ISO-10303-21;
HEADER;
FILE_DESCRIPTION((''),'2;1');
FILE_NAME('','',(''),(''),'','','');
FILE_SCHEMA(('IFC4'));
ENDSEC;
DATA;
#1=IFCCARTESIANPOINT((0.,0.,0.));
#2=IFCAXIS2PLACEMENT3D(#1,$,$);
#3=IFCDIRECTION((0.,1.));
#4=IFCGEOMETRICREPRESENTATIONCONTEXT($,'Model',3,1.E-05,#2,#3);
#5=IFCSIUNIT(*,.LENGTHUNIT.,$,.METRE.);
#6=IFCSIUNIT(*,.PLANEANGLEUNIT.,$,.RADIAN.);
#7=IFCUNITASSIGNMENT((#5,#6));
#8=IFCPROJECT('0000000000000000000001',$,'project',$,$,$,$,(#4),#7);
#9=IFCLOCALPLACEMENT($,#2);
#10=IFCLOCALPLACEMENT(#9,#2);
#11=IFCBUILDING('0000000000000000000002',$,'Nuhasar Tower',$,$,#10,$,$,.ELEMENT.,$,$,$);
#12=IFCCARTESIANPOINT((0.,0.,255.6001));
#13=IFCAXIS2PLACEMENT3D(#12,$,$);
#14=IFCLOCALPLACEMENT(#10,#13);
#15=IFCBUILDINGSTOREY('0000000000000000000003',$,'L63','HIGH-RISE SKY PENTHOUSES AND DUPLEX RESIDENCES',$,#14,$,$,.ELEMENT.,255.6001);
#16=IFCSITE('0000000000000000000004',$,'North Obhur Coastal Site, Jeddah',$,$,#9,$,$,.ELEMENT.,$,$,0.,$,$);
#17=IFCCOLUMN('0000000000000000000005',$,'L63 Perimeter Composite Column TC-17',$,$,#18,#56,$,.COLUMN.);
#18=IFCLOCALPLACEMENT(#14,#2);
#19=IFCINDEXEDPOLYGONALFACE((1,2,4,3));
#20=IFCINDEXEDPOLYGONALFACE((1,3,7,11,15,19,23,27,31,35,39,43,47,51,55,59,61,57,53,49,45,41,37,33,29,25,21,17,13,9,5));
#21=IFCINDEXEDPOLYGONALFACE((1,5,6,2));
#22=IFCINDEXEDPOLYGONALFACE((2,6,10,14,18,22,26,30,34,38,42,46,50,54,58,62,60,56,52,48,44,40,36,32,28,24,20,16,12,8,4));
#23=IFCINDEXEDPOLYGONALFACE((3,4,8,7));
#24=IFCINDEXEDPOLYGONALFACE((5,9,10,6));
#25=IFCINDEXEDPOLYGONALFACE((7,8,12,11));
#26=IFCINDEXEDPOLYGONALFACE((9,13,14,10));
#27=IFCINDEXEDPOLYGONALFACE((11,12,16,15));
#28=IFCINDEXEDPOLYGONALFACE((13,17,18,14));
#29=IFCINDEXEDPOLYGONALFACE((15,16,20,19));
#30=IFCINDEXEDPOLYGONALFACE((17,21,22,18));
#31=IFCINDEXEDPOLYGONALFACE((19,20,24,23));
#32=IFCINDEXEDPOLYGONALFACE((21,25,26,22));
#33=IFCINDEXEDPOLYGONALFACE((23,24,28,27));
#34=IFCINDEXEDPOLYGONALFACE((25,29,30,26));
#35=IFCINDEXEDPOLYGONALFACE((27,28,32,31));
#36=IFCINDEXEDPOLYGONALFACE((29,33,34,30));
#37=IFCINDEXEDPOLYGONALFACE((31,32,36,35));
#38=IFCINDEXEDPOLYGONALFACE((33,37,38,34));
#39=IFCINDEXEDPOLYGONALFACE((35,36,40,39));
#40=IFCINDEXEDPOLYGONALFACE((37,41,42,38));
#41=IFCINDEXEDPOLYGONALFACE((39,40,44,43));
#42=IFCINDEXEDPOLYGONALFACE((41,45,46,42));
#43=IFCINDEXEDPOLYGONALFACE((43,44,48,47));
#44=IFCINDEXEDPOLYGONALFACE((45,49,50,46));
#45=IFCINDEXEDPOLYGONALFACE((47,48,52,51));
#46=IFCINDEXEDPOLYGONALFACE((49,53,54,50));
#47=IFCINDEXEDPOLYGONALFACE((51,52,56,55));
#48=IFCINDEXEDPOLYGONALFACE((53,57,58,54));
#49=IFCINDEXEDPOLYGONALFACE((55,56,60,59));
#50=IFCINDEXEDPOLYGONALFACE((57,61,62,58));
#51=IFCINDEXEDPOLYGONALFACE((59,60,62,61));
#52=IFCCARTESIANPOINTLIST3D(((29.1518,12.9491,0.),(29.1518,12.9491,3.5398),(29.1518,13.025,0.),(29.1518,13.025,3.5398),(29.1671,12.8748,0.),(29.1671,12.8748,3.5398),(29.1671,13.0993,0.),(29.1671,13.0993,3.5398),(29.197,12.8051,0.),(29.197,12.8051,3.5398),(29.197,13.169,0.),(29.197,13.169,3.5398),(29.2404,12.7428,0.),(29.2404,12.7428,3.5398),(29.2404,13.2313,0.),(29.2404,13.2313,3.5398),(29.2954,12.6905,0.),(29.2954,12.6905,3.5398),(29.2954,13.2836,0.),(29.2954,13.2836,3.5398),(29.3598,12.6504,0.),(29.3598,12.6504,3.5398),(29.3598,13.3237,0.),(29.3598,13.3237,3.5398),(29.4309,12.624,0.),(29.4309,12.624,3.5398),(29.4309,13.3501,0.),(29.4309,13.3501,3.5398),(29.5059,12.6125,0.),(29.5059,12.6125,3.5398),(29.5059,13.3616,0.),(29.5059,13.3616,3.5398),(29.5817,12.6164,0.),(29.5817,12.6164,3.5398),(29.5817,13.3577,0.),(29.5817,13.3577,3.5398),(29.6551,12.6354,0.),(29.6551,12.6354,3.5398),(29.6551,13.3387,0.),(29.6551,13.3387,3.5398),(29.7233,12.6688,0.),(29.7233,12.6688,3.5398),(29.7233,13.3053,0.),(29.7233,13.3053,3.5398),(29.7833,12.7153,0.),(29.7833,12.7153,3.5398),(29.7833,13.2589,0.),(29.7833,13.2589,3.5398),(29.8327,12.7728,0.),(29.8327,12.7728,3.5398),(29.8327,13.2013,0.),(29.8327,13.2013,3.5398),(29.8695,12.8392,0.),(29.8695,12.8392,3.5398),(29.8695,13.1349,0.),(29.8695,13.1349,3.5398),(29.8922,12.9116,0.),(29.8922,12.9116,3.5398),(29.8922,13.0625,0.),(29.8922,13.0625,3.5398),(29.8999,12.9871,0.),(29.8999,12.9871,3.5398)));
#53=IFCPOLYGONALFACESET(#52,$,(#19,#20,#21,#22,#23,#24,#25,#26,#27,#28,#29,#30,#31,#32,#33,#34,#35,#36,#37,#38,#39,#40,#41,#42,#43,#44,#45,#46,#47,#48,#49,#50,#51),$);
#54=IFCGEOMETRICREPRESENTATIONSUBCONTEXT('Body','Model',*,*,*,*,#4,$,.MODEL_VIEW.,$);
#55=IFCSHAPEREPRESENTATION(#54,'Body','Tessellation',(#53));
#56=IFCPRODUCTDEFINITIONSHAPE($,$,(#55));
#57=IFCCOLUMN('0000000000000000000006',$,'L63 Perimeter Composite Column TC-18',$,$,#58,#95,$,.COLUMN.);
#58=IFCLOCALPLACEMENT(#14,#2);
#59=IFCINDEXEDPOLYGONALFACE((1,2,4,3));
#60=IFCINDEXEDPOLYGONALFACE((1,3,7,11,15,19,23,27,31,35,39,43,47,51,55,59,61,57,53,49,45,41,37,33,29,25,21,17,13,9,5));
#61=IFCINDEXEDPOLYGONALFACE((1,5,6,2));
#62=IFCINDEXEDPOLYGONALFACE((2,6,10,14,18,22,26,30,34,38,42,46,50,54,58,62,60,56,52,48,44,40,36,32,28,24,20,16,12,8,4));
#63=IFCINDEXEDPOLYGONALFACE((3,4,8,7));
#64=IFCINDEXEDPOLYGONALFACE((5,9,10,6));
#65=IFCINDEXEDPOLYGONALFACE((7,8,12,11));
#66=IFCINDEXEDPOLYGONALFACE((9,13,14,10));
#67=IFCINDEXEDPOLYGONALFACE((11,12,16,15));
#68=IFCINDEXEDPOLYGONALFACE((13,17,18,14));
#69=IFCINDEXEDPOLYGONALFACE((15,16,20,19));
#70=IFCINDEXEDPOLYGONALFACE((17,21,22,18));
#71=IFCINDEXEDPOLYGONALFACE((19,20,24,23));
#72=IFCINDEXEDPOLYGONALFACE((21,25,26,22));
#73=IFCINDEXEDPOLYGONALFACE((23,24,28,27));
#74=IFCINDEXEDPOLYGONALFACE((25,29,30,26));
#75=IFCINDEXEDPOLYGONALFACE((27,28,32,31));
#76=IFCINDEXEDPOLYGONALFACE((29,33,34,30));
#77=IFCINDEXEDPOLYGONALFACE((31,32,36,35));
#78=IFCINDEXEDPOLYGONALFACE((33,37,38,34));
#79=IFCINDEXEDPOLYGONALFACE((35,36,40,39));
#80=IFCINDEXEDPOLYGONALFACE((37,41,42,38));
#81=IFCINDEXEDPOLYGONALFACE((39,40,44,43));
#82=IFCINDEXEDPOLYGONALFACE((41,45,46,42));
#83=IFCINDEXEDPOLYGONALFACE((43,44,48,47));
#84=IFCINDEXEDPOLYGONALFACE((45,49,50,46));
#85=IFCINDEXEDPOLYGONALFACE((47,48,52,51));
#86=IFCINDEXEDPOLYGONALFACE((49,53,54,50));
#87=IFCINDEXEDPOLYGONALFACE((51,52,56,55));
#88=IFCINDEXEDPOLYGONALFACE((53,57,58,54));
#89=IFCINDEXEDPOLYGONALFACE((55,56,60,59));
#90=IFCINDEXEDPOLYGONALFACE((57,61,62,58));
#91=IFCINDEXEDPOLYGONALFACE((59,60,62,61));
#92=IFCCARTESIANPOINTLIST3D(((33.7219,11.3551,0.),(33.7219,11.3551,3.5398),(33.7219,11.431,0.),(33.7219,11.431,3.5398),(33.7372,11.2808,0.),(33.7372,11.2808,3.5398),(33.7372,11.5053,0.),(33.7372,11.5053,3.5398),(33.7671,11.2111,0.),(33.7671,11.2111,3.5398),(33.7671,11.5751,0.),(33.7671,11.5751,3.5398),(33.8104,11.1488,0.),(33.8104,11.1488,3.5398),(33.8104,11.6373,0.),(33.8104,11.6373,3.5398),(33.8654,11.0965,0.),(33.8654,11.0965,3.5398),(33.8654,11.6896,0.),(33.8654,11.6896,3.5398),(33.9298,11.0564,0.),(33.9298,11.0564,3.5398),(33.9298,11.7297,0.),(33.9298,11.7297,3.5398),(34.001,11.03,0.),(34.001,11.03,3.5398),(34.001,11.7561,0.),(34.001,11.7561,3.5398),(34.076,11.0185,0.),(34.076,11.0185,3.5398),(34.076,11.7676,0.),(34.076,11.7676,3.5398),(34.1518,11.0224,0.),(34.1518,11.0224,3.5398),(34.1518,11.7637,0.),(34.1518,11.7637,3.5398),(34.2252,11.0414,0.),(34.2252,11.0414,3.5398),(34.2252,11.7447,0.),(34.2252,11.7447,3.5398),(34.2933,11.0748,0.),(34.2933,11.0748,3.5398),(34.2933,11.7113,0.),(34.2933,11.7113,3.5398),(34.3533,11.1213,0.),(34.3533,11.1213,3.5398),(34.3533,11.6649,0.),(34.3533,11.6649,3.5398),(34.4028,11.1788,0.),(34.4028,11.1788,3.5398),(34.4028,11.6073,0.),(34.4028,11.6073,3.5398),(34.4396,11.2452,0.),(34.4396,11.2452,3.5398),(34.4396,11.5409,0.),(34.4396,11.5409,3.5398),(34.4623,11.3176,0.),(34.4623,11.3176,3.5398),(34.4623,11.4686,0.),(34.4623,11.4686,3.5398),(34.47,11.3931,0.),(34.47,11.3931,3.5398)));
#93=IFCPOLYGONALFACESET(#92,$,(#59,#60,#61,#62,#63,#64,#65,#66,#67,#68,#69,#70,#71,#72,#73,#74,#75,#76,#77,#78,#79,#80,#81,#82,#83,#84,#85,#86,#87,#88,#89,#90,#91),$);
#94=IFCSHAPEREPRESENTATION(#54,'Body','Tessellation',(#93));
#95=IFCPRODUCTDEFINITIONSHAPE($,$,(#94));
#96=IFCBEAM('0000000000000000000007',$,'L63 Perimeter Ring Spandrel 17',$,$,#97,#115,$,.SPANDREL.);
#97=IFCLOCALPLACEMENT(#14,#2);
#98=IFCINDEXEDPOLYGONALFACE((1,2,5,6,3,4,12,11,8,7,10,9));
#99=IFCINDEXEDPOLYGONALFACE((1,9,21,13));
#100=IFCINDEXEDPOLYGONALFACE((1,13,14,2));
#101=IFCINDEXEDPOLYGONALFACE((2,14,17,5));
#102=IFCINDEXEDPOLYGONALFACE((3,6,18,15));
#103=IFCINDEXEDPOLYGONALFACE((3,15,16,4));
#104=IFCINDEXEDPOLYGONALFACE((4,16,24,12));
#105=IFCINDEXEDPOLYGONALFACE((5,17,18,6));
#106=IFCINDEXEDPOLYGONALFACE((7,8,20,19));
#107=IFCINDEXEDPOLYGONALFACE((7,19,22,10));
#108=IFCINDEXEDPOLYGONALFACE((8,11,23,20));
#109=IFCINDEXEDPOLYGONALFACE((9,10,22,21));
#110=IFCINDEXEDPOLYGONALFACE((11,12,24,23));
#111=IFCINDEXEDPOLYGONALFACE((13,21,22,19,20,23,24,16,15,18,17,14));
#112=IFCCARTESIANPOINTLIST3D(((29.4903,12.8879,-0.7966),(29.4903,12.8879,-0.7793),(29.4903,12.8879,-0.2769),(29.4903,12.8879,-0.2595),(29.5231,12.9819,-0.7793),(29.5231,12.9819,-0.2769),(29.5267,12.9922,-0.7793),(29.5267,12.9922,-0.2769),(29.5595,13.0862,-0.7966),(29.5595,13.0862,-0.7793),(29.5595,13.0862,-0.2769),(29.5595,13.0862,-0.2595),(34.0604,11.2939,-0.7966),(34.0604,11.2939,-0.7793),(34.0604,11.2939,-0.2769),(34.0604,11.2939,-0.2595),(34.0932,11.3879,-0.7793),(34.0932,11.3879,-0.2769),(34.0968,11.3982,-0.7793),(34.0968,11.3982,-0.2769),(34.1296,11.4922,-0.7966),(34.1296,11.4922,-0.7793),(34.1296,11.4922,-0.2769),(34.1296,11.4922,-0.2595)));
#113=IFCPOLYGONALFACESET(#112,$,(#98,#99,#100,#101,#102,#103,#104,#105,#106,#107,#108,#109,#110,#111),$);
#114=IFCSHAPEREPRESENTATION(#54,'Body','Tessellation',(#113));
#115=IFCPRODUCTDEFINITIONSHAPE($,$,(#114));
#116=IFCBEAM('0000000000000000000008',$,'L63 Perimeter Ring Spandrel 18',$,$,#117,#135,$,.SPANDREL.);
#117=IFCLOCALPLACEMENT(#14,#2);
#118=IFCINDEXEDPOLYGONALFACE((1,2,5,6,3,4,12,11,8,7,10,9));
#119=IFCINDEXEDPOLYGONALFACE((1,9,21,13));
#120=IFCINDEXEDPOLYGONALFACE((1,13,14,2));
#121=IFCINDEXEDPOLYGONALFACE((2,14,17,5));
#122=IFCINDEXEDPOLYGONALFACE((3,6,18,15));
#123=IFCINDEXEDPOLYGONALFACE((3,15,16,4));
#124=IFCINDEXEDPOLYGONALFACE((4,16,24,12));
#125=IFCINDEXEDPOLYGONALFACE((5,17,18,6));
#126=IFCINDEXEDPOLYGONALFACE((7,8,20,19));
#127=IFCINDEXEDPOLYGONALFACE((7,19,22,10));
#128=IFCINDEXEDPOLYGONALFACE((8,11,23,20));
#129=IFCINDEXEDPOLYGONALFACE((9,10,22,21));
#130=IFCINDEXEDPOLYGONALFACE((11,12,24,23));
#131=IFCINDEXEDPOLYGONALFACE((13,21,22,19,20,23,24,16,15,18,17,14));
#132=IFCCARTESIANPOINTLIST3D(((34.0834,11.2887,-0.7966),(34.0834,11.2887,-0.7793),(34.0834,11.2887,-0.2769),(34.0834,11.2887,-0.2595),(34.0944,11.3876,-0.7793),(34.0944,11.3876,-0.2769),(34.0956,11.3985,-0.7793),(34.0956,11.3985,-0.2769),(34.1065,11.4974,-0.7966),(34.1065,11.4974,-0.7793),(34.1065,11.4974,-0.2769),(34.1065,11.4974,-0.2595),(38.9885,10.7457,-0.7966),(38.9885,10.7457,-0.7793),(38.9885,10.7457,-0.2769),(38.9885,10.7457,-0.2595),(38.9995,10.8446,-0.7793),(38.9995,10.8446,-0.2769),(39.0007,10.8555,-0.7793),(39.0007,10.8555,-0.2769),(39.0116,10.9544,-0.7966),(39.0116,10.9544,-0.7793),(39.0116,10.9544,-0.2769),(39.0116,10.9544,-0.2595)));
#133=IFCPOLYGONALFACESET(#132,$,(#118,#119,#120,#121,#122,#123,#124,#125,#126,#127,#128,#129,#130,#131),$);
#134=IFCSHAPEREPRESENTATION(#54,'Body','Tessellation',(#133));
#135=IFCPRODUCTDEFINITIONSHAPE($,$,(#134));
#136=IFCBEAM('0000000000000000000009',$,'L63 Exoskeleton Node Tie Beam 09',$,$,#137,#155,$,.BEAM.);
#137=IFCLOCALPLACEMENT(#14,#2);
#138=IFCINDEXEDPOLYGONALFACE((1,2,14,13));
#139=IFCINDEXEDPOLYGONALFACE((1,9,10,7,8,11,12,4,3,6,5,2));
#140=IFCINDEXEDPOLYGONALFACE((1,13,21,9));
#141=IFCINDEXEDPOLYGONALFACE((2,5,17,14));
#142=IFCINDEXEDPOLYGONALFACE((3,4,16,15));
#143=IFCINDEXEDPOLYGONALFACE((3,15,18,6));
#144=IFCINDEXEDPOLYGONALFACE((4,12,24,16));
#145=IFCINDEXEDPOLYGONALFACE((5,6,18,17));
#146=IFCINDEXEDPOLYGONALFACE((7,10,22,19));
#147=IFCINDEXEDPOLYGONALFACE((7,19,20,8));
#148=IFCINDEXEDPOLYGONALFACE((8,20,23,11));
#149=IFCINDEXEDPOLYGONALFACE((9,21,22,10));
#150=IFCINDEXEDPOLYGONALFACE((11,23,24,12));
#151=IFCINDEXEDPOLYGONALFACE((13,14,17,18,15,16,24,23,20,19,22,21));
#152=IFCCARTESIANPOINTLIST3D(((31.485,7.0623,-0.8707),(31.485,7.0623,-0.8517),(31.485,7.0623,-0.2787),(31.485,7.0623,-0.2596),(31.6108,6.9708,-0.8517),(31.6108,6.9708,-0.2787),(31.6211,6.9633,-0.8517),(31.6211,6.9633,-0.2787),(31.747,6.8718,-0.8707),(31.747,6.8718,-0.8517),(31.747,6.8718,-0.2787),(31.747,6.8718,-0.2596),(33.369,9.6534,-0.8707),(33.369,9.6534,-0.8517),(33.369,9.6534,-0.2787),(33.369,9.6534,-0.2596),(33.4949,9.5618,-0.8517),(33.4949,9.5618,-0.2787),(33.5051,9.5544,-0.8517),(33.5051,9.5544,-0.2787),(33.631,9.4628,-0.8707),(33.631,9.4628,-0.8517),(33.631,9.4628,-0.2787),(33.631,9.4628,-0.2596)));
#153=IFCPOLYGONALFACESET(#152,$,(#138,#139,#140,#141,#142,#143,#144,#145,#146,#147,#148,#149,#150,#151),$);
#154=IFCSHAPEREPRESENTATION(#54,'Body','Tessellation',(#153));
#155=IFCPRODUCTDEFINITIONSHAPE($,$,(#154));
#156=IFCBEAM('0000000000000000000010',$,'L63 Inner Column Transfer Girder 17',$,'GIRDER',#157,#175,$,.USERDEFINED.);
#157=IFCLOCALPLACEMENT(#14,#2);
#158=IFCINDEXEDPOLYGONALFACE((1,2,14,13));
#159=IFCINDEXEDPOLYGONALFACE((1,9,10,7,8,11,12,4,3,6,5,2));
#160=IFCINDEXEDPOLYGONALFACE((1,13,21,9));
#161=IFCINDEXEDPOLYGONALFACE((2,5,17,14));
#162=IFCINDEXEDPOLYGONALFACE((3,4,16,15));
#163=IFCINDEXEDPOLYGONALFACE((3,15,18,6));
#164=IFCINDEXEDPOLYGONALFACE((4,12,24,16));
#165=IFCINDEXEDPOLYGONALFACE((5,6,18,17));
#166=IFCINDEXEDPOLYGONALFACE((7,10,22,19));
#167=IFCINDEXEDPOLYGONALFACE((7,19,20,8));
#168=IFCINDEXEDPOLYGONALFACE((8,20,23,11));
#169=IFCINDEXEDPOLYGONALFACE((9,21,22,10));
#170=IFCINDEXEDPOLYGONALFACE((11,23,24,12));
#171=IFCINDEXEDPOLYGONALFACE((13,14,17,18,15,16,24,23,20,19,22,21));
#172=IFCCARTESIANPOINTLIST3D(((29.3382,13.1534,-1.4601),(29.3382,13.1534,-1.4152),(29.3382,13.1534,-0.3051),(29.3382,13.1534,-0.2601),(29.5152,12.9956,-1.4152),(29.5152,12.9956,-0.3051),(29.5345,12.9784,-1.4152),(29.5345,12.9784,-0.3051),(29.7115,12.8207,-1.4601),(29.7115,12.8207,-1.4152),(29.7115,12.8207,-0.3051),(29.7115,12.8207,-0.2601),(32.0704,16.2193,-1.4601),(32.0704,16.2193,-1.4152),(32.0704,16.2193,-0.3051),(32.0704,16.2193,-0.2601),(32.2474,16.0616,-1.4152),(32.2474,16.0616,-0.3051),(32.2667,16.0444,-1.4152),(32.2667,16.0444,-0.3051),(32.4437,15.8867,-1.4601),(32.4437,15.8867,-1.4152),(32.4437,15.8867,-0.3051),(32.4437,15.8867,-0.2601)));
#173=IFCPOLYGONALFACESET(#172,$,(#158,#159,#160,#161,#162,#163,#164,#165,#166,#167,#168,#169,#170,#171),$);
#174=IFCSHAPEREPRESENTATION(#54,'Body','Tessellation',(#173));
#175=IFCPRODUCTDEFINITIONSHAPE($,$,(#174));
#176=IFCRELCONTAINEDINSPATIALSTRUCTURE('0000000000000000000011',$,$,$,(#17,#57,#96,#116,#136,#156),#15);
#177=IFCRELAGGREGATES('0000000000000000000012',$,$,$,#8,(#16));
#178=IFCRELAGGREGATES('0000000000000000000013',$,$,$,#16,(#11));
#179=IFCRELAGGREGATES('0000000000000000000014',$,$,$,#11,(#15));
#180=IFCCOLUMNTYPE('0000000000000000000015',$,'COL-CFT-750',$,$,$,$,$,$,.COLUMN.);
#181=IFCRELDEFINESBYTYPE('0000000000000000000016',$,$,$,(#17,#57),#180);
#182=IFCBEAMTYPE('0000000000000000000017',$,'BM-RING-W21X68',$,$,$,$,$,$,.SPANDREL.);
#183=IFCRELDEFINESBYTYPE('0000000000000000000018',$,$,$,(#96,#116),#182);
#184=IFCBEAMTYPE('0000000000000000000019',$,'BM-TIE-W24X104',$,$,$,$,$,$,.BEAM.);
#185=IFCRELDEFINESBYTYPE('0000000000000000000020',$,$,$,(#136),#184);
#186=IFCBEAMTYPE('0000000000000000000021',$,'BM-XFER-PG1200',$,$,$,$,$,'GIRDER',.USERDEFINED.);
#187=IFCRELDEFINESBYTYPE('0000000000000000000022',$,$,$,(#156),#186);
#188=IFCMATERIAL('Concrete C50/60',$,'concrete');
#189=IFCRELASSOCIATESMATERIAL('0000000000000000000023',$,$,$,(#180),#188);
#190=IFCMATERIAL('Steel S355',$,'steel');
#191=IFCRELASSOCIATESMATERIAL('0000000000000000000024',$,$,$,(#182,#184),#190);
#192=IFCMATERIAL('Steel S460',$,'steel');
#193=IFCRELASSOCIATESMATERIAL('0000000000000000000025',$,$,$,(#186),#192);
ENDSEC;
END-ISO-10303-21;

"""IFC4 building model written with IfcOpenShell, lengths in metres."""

from ifc_helpers import new_model, si_unit, direction, frame, origin, origin_2d, place, context, subcontext, project, spatial, circle, i_section, extrude, material, material_profile, profile_set, type_object, element, save


model = new_model("IFC4")

# Units and contexts
model_context = context("Model", 3, precision=1e-05, world=origin(), true_north=direction((0.0, 1.0)))
body_context = subcontext(model_context, "Body", "Model", "MODEL_VIEW")
ifc_project = project(units=[si_unit("LENGTHUNIT", "METRE"), si_unit("PLANEANGLEUNIT", "RADIAN")], contexts=[model_context])

# Site, building, storey
site_placement = place(None, origin())
site = spatial("IfcSite", under=ifc_project, at=site_placement, Name="North Obhur Coastal Site, Jeddah", CompositionType="ELEMENT", RefElevation=0.0)
building_placement = place(site_placement, origin())
building = spatial("IfcBuilding", under=site, at=building_placement, Name="Nuhasar Tower", CompositionType="ELEMENT")
storey_placement = place(building_placement, frame((0.0, 0.0, 255.6001)))
storey = spatial("IfcBuildingStorey", under=building, at=storey_placement, Name="L63", Description="HIGH-RISE SKY PENTHOUSES AND DUPLEX RESIDENCES", CompositionType="ELEMENT", Elevation=255.6001)

# Columns
ifc_material_1 = material(Name="Concrete C50/60", Category="concrete")
ifc_material_profile_1 = material_profile(ifc_material_1, circle(Radius=0.375, at=origin_2d()), Name="CFT750")
ifc_profile_set_1 = profile_set([ifc_material_profile_1], Name="Concrete C50/60")
column_type = type_object("IfcColumnType", Name="COL-CFT-750", PredefinedType="COLUMN", material=ifc_profile_set_1)
for number, where, z_axis, x_axis, name in (
    (1, (29.5249, 12.9871, 0.0), (0.0, 0.0, 1.0), (1.0, 0.0, 0.0), "L63 Perimeter Composite Column TC-17"),
    (2, (34.095, 11.3931, 0.0), (0.0, 0.0, 1.0), (1.0, 0.0, 0.0), "L63 Perimeter Composite Column TC-18"),
):
    element("IfcColumn", number, at=place(storey_placement, frame(where, z_axis=z_axis, x_axis=x_axis)), inside=storey, type_object=column_type, Name=name, PredefinedType="COLUMN", context=body_context, shape_type="SweptSolid", body=[
        extrude(circle(Radius=0.375, at=origin_2d()), origin(), (0.0, 0.0, 1.0), 3.5398),
    ])

# Beams
ifc_material_2 = material(Name="Steel S355", Category="steel")
ifc_material_profile_2 = material_profile(ifc_material_2, i_section(OverallWidth=0.21, OverallDepth=0.5371, WebThickness=0.011, FlangeThickness=0.0173, at=origin_2d()), Name="W21X68")
ifc_profile_set_2 = profile_set([ifc_material_profile_2], Name="Steel S355")
beam_type_1 = type_object("IfcBeamType", Name="BM-RING-W21X68", PredefinedType="SPANDREL", material=ifc_profile_set_2)
beam_1_placement = place(storey_placement, frame((29.5249, 12.9871, -0.5281), z_axis=(0.944214, -0.329332, 0.0), x_axis=(0.329332, 0.944214, 0.0)))
element("IfcBeam", 3, at=beam_1_placement, inside=storey, type_object=beam_type_1, Name="L63 Perimeter Ring Spandrel 17", PredefinedType="SPANDREL", context=body_context, shape_type="SweptSolid", body=[
    extrude(i_section(OverallWidth=0.21, OverallDepth=0.5371, WebThickness=0.011, FlangeThickness=0.0173, at=origin_2d()), origin(), (0.0, 0.0, 1.0), 4.8401),
])
beam_2_placement = place(storey_placement, frame((34.095, 11.3931, -0.5281), z_axis=(0.993929, -0.110024, 0.0), x_axis=(0.110024, 0.993929, 0.0)))
element("IfcBeam", 4, at=beam_2_placement, inside=storey, type_object=beam_type_1, Name="L63 Perimeter Ring Spandrel 18", PredefinedType="SPANDREL", context=body_context, shape_type="SweptSolid", body=[
    extrude(i_section(OverallWidth=0.21, OverallDepth=0.5371, WebThickness=0.011, FlangeThickness=0.0173, at=origin_2d()), origin(), (0.0, 0.0, 1.0), 4.9351),
])
ifc_material_profile_3 = material_profile(ifc_material_2, i_section(OverallWidth=0.324, OverallDepth=0.6111, WebThickness=0.0127, FlangeThickness=0.019, at=origin_2d()), Name="W24X104")
ifc_profile_set_3 = profile_set([ifc_material_profile_3], Name="Steel S355")
beam_type_2 = type_object("IfcBeamType", Name="BM-TIE-W24X104", PredefinedType="BEAM", material=ifc_profile_set_3)
beam_3_placement = place(storey_placement, frame((33.5, 9.5581, -0.5652), z_axis=(-0.588095, -0.808792, 0.0), x_axis=(0.808792, -0.588095, 0.0)))
element("IfcBeam", 5, at=beam_3_placement, inside=storey, type_object=beam_type_2, Name="L63 Exoskeleton Node Tie Beam 09", PredefinedType="BEAM", context=body_context, shape_type="SweptSolid", body=[
    extrude(i_section(OverallWidth=0.324, OverallDepth=0.6111, WebThickness=0.0127, FlangeThickness=0.019, at=origin_2d()), origin(), (0.0, 0.0, 1.0), 3.2036),
])
ifc_material_3 = material(Name="Steel S460", Category="steel")
ifc_material_profile_4 = material_profile(ifc_material_3, i_section(OverallWidth=0.5, OverallDepth=1.2, WebThickness=0.0259, FlangeThickness=0.0449, at=origin_2d()), Name="PG1200X500")
ifc_profile_set_4 = profile_set([ifc_material_profile_4], Name="Steel S460")
beam_type_3 = type_object("IfcBeamType", Name="BM-XFER-PG1200", ElementType="GIRDER", PredefinedType="USERDEFINED", material=ifc_profile_set_4)
beam_4_placement = place(storey_placement, frame((32.2571, 16.053, -0.8601), z_axis=(-0.665304, -0.746572, 0.0), x_axis=(0.746572, -0.665304, 0.0)))
element("IfcBeam", 6, at=beam_4_placement, inside=storey, type_object=beam_type_3, Name="L63 Inner Column Transfer Girder 17", ObjectType="GIRDER", PredefinedType="USERDEFINED", context=body_context, shape_type="SweptSolid", body=[
    extrude(i_section(OverallWidth=0.5, OverallDepth=1.2, WebThickness=0.0259, FlangeThickness=0.0449, at=origin_2d()), origin(), (0.0, 0.0, 1.0), 4.1067),
])

save(model, "model.ifc")
